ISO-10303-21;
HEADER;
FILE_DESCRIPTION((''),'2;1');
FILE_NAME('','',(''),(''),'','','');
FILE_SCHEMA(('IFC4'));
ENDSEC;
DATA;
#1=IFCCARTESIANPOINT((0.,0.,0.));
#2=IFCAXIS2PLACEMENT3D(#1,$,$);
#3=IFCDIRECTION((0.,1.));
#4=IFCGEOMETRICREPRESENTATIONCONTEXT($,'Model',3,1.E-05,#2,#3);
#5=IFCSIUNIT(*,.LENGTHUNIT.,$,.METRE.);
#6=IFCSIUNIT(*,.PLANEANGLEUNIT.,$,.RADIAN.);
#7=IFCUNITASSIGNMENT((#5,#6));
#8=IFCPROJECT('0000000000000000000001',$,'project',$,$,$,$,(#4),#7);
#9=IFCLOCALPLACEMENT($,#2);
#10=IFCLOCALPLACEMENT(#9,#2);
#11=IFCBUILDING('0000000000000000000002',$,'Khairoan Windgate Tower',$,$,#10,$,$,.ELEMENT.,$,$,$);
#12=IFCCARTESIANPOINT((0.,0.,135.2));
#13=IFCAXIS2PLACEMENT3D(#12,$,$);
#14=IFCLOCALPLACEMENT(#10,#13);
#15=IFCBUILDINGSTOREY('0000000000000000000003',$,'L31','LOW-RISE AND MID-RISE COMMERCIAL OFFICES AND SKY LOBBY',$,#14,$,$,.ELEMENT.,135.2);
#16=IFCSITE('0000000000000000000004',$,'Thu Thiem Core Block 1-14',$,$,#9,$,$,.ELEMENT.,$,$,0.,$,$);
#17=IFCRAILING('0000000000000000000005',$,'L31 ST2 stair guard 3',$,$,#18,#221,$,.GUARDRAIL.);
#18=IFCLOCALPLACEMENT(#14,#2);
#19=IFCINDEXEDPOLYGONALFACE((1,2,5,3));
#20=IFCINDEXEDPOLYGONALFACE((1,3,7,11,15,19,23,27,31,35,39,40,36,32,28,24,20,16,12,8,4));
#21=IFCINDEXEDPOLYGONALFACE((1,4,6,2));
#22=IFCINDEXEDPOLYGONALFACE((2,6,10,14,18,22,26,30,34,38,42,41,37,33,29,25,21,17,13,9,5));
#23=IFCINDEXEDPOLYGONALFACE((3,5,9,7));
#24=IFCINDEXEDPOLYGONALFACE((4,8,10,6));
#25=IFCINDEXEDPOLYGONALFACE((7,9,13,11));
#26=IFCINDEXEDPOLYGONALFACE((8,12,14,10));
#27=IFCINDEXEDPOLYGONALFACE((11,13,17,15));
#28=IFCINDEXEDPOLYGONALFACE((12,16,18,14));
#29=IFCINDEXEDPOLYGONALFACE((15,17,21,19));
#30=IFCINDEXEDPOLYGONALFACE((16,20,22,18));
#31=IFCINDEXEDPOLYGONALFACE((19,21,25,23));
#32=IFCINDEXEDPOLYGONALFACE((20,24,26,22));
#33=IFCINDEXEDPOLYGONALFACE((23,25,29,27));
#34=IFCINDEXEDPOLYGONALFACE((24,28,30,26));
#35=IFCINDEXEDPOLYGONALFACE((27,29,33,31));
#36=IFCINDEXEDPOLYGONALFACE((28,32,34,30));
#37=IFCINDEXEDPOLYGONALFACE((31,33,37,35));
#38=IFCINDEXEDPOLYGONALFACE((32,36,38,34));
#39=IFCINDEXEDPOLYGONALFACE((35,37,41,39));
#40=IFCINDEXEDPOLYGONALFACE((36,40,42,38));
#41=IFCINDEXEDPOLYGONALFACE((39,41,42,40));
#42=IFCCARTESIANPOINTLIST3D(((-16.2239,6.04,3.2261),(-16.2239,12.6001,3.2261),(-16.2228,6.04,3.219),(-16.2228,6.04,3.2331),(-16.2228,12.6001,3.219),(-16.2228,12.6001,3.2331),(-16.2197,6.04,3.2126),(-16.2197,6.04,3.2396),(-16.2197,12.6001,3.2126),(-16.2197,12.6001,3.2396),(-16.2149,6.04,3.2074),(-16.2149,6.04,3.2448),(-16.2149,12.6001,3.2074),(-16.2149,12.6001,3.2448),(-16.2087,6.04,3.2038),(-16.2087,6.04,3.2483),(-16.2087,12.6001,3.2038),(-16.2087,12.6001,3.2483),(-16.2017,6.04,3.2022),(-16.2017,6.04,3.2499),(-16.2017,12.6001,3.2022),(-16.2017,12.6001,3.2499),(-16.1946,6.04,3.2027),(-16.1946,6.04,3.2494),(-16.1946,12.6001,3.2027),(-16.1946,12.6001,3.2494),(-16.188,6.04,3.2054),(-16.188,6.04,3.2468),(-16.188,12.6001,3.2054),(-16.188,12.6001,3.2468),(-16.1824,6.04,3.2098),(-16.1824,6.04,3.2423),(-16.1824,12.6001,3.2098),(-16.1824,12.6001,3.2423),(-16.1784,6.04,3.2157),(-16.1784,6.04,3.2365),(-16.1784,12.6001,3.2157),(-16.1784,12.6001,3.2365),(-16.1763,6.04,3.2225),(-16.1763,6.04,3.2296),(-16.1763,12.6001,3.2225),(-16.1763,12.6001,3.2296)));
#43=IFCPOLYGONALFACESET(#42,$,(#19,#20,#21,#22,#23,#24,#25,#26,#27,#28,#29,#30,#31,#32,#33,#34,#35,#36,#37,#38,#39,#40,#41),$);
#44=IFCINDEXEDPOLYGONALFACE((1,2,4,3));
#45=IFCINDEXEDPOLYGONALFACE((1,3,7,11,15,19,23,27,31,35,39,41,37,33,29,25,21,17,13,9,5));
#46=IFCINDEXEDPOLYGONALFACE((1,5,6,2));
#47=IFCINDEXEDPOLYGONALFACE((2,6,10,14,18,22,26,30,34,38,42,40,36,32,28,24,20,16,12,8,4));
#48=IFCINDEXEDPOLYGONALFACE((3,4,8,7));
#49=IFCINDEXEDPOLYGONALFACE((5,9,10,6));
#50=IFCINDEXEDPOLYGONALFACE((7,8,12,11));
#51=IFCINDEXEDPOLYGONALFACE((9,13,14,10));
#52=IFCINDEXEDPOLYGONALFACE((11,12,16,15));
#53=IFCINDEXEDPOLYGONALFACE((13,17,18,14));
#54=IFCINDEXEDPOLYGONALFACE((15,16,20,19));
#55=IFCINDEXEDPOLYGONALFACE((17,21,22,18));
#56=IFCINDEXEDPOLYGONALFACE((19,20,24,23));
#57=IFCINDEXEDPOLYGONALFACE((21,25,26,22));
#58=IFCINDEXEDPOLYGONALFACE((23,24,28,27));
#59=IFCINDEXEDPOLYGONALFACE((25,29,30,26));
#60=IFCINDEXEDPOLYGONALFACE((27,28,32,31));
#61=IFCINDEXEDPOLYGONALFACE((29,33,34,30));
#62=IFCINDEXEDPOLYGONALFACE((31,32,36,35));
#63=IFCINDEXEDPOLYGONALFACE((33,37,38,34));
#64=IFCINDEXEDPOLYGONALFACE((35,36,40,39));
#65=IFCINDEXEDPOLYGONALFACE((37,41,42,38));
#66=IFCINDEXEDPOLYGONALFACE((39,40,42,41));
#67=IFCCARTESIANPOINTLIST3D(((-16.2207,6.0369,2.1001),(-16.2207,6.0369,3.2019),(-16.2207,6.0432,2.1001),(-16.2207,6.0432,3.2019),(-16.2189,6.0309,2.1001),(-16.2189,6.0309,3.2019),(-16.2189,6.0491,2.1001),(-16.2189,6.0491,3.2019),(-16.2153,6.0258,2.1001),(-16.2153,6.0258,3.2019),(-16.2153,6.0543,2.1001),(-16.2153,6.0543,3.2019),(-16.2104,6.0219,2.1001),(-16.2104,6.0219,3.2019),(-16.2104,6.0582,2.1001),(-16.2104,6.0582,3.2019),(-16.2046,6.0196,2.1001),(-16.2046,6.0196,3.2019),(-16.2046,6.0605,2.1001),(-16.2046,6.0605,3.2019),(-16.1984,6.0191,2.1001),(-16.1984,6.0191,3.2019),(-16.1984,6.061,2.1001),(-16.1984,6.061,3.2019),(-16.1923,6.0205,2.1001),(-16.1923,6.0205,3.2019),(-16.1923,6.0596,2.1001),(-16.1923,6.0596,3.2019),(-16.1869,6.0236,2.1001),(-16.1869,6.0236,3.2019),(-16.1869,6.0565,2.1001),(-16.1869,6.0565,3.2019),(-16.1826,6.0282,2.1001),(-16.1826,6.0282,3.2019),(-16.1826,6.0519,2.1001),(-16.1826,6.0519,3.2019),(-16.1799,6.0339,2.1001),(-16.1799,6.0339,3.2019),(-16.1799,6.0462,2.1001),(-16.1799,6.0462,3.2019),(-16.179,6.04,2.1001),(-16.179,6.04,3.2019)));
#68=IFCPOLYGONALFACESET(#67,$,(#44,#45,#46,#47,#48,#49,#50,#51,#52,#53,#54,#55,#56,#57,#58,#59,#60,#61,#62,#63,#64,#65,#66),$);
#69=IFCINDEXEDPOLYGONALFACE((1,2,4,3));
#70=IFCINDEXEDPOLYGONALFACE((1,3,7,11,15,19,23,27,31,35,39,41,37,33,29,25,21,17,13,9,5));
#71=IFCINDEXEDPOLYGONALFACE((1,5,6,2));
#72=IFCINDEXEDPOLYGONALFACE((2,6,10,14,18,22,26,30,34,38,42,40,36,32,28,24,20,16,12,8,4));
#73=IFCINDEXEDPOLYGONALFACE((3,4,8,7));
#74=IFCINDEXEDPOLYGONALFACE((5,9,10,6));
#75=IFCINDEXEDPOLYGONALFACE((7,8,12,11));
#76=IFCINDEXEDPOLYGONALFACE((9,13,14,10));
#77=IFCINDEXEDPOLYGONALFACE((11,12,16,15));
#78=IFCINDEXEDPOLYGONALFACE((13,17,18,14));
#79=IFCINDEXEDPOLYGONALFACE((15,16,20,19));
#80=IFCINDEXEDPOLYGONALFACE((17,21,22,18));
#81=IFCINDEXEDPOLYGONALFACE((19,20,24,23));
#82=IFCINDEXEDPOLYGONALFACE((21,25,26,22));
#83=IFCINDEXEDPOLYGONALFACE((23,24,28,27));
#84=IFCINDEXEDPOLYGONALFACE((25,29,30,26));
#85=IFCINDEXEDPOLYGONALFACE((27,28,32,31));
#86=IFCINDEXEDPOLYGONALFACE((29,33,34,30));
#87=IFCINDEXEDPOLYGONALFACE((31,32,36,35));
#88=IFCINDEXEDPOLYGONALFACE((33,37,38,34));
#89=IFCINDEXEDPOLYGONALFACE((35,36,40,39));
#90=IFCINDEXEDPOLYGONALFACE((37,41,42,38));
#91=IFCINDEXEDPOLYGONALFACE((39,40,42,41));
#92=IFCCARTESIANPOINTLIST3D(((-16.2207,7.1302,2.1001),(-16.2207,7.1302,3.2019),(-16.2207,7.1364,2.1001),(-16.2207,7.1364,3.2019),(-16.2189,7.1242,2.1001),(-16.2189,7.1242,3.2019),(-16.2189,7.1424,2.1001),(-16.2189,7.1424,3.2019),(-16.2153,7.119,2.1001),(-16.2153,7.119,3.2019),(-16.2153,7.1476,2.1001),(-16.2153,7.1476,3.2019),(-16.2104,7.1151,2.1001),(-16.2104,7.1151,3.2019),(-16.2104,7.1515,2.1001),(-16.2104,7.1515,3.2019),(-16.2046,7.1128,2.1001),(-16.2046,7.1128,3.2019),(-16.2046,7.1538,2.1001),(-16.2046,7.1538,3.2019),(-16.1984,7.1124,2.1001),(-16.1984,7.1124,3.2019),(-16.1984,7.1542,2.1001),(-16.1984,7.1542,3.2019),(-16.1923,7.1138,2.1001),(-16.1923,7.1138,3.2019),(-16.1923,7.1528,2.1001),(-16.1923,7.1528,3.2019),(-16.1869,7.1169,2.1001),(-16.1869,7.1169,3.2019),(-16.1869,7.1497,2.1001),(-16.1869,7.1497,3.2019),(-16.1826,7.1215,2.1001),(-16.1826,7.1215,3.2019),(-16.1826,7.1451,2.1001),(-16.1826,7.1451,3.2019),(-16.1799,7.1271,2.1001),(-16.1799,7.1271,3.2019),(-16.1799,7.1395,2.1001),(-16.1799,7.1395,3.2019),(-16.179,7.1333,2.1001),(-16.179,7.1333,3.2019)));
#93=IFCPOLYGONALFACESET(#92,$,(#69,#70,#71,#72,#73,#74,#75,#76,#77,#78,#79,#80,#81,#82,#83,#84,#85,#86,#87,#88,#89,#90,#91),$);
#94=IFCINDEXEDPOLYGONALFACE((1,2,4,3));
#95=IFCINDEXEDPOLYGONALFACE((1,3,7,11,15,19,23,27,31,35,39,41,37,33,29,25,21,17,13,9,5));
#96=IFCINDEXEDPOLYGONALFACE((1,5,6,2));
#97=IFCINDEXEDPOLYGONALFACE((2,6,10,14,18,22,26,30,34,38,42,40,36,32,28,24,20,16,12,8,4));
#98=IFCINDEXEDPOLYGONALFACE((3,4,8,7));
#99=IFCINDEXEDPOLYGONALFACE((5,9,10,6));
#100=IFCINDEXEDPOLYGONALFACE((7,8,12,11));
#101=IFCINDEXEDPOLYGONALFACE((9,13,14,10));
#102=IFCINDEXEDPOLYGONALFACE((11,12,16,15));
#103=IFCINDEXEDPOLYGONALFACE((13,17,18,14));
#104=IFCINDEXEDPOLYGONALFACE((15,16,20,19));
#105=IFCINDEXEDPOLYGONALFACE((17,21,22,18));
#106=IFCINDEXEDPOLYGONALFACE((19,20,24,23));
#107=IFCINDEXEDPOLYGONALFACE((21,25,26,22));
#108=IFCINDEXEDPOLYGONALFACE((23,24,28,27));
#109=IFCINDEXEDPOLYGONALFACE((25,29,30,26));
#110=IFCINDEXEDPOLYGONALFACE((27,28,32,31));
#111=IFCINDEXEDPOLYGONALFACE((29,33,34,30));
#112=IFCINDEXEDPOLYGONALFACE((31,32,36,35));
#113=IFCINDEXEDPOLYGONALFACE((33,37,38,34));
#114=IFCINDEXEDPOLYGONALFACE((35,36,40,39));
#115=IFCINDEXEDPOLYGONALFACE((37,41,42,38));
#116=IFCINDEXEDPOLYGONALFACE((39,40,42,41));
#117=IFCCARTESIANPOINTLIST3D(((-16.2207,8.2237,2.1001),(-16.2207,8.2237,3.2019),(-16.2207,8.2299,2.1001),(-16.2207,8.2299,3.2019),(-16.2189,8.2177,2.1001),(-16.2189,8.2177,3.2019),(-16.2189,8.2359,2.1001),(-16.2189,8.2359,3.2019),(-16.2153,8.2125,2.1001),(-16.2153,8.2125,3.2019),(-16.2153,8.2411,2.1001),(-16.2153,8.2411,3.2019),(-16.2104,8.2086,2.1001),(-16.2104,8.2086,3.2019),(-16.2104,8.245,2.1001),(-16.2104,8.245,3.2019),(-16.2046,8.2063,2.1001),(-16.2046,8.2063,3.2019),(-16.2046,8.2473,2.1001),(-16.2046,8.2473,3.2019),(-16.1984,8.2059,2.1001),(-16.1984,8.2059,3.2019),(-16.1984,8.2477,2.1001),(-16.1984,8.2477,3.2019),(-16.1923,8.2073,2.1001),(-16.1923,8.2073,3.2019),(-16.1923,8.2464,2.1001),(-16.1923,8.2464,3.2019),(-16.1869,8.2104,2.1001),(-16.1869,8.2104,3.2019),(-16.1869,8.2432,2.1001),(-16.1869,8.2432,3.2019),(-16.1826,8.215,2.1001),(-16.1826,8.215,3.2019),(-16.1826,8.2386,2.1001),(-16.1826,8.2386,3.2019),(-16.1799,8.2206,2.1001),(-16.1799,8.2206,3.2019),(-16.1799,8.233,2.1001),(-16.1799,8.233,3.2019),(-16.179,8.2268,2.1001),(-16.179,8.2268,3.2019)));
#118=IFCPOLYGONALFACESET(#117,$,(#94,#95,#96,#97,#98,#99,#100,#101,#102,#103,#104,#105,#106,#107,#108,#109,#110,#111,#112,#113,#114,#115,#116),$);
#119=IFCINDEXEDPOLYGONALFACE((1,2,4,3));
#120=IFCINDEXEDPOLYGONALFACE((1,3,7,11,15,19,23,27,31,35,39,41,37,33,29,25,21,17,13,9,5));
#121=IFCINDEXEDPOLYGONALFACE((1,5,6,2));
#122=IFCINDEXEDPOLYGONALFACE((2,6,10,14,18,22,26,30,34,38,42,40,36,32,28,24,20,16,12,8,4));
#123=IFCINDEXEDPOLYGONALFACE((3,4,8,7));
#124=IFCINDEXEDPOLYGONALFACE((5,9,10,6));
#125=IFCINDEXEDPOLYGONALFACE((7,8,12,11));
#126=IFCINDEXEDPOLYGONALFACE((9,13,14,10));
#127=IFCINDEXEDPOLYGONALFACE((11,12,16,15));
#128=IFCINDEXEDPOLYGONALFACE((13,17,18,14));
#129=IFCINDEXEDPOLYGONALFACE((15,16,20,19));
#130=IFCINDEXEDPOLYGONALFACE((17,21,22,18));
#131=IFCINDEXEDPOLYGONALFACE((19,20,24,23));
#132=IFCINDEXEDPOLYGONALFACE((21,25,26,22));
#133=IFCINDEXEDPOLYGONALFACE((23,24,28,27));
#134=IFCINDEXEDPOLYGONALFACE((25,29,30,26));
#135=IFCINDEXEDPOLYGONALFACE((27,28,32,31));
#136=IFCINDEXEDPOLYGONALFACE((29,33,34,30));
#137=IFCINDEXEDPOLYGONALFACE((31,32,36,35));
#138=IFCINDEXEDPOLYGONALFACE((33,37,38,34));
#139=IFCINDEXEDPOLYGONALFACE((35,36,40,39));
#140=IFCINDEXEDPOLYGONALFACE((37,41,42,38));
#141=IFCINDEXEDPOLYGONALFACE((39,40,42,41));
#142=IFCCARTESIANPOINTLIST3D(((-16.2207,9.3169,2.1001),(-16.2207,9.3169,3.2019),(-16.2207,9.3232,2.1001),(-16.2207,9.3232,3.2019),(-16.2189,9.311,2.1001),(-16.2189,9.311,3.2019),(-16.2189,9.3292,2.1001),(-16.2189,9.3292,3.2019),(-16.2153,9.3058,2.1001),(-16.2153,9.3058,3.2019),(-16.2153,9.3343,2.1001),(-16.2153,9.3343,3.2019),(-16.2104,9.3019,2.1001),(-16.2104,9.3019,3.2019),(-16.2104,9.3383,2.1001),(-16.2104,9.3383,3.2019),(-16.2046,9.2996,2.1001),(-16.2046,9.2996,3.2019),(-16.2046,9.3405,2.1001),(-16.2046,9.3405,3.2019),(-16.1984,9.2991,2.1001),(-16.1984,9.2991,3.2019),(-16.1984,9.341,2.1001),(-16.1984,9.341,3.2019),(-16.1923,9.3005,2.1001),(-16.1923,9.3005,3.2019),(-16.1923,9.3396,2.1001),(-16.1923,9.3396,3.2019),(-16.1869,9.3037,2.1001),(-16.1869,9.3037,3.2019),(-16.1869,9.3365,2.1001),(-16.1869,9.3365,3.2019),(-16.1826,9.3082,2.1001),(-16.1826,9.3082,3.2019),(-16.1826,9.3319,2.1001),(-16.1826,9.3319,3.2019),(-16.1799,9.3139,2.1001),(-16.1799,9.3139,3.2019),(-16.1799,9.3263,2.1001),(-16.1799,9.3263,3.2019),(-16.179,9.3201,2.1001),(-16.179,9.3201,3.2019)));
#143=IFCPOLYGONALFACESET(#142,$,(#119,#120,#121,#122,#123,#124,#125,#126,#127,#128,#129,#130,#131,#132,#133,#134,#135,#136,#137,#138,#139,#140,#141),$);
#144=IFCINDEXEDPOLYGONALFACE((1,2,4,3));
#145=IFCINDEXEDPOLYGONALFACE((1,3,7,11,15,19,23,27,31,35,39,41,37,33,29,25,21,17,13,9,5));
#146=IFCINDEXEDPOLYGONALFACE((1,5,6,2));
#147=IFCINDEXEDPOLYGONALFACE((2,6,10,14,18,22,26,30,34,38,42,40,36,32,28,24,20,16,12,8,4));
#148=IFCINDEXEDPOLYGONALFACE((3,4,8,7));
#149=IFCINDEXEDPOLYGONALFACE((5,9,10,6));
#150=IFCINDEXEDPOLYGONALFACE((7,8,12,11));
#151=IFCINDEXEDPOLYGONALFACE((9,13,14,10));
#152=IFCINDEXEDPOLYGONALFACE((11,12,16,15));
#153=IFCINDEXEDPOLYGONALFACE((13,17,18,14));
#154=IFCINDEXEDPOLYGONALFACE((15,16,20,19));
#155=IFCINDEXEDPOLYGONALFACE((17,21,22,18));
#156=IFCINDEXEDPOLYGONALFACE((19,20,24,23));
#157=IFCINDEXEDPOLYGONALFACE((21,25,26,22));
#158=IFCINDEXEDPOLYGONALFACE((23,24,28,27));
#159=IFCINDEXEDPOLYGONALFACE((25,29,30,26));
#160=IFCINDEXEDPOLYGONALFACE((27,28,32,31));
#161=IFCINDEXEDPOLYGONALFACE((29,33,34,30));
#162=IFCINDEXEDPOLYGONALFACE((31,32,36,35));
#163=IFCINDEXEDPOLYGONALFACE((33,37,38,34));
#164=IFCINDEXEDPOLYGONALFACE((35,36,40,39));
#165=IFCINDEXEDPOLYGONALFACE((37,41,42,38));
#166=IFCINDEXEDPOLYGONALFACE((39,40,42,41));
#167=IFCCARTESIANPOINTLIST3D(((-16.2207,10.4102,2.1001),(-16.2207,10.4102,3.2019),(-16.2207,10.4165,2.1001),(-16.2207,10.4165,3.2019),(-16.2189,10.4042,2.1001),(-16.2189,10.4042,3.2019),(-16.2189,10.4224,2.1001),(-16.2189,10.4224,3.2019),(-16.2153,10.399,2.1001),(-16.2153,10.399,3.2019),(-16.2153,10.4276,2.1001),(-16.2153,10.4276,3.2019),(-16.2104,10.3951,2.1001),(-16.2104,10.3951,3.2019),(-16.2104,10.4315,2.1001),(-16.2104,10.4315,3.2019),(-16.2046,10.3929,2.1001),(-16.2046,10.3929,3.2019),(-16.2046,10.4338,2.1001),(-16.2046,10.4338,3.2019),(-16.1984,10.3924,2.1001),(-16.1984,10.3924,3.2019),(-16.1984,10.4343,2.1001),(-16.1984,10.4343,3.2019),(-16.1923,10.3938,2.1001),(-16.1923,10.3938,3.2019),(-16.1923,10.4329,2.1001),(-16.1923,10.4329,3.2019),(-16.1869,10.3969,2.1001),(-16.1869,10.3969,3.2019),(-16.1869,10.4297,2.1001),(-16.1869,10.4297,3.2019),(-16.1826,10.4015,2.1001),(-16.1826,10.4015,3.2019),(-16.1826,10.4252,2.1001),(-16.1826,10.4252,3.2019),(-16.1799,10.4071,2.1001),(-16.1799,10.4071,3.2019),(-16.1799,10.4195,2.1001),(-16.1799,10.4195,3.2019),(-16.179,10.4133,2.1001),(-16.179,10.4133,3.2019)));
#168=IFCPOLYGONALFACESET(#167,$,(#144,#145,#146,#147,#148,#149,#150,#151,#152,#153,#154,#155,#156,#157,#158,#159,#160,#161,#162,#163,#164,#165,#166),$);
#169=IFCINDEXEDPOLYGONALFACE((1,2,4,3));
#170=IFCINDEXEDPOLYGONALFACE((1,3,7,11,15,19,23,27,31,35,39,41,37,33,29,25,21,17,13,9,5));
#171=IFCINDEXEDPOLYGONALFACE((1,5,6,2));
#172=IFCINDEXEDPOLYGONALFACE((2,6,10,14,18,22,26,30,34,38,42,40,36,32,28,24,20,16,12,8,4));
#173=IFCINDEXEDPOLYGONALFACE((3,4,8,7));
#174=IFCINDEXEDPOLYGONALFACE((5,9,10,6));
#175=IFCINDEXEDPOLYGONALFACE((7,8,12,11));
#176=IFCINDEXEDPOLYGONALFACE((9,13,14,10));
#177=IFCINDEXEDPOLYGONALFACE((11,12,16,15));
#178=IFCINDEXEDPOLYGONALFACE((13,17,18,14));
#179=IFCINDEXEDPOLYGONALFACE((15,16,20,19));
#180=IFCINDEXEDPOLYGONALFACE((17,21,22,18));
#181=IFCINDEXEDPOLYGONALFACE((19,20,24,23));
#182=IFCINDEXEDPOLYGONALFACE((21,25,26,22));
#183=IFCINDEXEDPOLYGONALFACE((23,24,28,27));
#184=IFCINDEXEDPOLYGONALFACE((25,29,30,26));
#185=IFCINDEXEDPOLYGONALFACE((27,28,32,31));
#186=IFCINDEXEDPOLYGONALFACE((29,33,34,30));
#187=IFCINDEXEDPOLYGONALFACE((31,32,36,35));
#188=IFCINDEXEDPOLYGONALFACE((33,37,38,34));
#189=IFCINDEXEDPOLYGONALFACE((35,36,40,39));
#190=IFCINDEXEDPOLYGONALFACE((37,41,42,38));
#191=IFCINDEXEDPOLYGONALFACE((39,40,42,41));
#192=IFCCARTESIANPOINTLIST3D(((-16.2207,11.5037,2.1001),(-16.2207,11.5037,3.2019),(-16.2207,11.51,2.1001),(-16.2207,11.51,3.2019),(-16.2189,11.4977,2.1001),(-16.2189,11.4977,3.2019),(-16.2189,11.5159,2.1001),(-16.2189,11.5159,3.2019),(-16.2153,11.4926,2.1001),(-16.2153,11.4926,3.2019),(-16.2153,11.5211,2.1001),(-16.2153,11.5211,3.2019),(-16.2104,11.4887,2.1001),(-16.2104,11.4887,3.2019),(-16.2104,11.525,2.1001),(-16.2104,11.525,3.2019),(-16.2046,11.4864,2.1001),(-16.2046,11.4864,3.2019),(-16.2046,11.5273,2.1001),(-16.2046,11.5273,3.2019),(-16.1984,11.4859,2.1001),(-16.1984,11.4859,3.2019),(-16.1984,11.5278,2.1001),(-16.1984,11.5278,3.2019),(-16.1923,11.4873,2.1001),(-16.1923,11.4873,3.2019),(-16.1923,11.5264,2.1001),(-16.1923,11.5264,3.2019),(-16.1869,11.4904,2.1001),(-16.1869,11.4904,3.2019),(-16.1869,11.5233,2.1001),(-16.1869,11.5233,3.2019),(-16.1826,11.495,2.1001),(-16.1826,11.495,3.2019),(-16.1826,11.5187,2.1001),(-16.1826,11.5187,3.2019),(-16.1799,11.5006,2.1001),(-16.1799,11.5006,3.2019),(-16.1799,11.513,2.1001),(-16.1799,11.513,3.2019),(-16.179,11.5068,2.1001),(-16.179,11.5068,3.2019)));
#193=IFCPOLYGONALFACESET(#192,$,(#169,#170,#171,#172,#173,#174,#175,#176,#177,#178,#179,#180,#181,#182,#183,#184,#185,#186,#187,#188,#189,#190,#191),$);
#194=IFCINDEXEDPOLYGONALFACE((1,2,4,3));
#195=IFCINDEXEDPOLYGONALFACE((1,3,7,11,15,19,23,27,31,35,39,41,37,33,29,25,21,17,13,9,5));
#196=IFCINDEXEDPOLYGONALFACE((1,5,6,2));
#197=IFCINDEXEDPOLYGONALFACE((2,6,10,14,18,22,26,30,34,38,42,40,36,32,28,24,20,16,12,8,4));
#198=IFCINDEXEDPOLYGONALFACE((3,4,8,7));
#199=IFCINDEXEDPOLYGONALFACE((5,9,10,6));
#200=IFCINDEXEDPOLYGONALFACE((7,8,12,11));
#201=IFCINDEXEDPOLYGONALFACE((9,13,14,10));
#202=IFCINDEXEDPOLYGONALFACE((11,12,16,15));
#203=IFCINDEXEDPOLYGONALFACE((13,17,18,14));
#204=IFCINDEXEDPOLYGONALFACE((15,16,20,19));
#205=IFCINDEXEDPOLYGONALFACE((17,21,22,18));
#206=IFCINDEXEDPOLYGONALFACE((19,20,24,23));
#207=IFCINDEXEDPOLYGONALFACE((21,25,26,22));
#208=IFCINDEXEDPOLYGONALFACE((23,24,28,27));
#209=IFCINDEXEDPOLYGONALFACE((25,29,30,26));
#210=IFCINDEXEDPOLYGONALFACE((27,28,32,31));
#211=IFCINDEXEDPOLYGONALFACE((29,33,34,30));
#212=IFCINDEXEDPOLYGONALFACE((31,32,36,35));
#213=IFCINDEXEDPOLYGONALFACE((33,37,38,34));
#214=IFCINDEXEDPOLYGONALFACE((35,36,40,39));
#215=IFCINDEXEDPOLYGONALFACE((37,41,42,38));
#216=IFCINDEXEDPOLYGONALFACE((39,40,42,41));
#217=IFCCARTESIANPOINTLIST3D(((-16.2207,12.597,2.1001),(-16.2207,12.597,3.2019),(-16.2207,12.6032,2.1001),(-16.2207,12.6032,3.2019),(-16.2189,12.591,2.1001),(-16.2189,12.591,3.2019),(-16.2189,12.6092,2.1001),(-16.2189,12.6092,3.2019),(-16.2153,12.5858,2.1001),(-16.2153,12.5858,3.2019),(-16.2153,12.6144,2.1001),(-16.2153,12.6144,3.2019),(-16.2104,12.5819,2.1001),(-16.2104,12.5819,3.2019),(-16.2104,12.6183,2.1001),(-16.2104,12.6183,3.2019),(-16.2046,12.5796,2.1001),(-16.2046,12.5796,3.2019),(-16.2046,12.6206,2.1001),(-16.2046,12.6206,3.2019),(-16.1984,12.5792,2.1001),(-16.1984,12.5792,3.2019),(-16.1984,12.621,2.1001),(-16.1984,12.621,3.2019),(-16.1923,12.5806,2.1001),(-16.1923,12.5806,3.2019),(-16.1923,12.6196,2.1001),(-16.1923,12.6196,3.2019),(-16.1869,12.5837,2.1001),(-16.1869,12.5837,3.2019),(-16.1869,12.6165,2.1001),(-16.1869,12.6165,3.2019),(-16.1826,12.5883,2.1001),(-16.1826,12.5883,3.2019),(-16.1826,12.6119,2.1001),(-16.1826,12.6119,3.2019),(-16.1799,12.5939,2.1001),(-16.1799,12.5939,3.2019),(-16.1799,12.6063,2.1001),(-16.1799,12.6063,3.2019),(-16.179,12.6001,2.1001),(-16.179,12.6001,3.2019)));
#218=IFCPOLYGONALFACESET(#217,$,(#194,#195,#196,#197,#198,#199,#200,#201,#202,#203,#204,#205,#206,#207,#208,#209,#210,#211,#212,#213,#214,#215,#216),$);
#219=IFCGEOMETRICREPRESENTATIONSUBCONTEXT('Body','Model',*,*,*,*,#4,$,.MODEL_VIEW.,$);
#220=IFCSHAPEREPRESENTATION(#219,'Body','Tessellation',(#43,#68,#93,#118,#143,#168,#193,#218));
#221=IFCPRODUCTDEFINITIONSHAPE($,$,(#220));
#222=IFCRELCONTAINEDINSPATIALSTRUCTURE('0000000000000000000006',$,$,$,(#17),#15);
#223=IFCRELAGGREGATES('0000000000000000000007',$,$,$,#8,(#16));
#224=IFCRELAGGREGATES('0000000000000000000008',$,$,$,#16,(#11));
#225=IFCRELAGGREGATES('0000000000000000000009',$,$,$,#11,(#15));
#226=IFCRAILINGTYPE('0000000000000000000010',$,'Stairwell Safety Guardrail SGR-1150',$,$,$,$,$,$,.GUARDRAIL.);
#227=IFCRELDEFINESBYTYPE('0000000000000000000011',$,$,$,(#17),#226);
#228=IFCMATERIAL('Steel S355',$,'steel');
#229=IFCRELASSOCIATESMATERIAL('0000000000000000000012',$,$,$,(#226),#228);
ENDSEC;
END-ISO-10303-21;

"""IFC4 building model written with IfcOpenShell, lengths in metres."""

from ifc_helpers import new_model, si_unit, direction, frame, origin, origin_2d, place, context, subcontext, project, spatial, circle, extrude, material, type_object, element, save


model = new_model("IFC4")

# Units and contexts
model_context = context("Model", 3, precision=1e-05, world=origin(), true_north=direction((0.0, 1.0)))
body_context = subcontext(model_context, "Body", "Model", "MODEL_VIEW")
ifc_project = project(units=[si_unit("LENGTHUNIT", "METRE"), si_unit("PLANEANGLEUNIT", "RADIAN")], contexts=[model_context])

# Site, building, storey
site_placement = place(None, origin())
site = spatial("IfcSite", under=ifc_project, at=site_placement, Name="Thu Thiem Core Block 1-14", CompositionType="ELEMENT", RefElevation=0.0)
building_placement = place(site_placement, origin())
building = spatial("IfcBuilding", under=site, at=building_placement, Name="Khairoan Windgate Tower", CompositionType="ELEMENT")
storey_placement = place(building_placement, frame((0.0, 0.0, 135.2)))
storey = spatial("IfcBuildingStorey", under=building, at=storey_placement, Name="L31", Description="LOW-RISE AND MID-RISE COMMERCIAL OFFICES AND SKY LOBBY", CompositionType="ELEMENT", Elevation=135.2)

# Railing
ifc_material_1 = material(Name="Steel S355", Category="steel")
railing_type_1 = type_object("IfcRailingType", Name="Stairwell Safety Guardrail SGR-1150", PredefinedType="GUARDRAIL", material=ifc_material_1)
railing_1_placement = place(storey_placement, frame((-16.2, 6.04, 2.1001)))
element("IfcRailing", 1, at=railing_1_placement, inside=storey, type_object=railing_type_1, Name="L31 ST2 stair guard 3", PredefinedType="GUARDRAIL", context=body_context, shape_type="SweptSolid", body=[
    extrude(circle(Radius=0.0239, at=origin_2d()), frame((0.0, 0.0, 1.126), z_axis=(0.0, 1.0, 0.0), x_axis=(-1.0, 0.0, 0.0)), (0.0, 0.0, 1.0), 6.5601),
    extrude(circle(Radius=0.021, at=origin_2d()), origin(), (0.0, 0.0, 1.0), 1.1018),
    extrude(circle(Radius=0.021, at=origin_2d()), frame((0.0, 1.0933, 0.0)), (0.0, 0.0, 1.0), 1.1018),
    extrude(circle(Radius=0.021, at=origin_2d()), frame((0.0, 2.1868, 0.0)), (0.0, 0.0, 1.0), 1.1018),
    extrude(circle(Radius=0.021, at=origin_2d()), frame((0.0, 3.28, 0.0)), (0.0, 0.0, 1.0), 1.1018),
    extrude(circle(Radius=0.021, at=origin_2d()), frame((0.0, 4.3733, 0.0)), (0.0, 0.0, 1.0), 1.1018),
    extrude(circle(Radius=0.021, at=origin_2d()), frame((0.0, 5.4668, 0.0)), (0.0, 0.0, 1.0), 1.1018),
    extrude(circle(Radius=0.021, at=origin_2d()), frame((0.0, 6.5601, 0.0)), (0.0, 0.0, 1.0), 1.1018),
])

save(model, "model.ifc")
